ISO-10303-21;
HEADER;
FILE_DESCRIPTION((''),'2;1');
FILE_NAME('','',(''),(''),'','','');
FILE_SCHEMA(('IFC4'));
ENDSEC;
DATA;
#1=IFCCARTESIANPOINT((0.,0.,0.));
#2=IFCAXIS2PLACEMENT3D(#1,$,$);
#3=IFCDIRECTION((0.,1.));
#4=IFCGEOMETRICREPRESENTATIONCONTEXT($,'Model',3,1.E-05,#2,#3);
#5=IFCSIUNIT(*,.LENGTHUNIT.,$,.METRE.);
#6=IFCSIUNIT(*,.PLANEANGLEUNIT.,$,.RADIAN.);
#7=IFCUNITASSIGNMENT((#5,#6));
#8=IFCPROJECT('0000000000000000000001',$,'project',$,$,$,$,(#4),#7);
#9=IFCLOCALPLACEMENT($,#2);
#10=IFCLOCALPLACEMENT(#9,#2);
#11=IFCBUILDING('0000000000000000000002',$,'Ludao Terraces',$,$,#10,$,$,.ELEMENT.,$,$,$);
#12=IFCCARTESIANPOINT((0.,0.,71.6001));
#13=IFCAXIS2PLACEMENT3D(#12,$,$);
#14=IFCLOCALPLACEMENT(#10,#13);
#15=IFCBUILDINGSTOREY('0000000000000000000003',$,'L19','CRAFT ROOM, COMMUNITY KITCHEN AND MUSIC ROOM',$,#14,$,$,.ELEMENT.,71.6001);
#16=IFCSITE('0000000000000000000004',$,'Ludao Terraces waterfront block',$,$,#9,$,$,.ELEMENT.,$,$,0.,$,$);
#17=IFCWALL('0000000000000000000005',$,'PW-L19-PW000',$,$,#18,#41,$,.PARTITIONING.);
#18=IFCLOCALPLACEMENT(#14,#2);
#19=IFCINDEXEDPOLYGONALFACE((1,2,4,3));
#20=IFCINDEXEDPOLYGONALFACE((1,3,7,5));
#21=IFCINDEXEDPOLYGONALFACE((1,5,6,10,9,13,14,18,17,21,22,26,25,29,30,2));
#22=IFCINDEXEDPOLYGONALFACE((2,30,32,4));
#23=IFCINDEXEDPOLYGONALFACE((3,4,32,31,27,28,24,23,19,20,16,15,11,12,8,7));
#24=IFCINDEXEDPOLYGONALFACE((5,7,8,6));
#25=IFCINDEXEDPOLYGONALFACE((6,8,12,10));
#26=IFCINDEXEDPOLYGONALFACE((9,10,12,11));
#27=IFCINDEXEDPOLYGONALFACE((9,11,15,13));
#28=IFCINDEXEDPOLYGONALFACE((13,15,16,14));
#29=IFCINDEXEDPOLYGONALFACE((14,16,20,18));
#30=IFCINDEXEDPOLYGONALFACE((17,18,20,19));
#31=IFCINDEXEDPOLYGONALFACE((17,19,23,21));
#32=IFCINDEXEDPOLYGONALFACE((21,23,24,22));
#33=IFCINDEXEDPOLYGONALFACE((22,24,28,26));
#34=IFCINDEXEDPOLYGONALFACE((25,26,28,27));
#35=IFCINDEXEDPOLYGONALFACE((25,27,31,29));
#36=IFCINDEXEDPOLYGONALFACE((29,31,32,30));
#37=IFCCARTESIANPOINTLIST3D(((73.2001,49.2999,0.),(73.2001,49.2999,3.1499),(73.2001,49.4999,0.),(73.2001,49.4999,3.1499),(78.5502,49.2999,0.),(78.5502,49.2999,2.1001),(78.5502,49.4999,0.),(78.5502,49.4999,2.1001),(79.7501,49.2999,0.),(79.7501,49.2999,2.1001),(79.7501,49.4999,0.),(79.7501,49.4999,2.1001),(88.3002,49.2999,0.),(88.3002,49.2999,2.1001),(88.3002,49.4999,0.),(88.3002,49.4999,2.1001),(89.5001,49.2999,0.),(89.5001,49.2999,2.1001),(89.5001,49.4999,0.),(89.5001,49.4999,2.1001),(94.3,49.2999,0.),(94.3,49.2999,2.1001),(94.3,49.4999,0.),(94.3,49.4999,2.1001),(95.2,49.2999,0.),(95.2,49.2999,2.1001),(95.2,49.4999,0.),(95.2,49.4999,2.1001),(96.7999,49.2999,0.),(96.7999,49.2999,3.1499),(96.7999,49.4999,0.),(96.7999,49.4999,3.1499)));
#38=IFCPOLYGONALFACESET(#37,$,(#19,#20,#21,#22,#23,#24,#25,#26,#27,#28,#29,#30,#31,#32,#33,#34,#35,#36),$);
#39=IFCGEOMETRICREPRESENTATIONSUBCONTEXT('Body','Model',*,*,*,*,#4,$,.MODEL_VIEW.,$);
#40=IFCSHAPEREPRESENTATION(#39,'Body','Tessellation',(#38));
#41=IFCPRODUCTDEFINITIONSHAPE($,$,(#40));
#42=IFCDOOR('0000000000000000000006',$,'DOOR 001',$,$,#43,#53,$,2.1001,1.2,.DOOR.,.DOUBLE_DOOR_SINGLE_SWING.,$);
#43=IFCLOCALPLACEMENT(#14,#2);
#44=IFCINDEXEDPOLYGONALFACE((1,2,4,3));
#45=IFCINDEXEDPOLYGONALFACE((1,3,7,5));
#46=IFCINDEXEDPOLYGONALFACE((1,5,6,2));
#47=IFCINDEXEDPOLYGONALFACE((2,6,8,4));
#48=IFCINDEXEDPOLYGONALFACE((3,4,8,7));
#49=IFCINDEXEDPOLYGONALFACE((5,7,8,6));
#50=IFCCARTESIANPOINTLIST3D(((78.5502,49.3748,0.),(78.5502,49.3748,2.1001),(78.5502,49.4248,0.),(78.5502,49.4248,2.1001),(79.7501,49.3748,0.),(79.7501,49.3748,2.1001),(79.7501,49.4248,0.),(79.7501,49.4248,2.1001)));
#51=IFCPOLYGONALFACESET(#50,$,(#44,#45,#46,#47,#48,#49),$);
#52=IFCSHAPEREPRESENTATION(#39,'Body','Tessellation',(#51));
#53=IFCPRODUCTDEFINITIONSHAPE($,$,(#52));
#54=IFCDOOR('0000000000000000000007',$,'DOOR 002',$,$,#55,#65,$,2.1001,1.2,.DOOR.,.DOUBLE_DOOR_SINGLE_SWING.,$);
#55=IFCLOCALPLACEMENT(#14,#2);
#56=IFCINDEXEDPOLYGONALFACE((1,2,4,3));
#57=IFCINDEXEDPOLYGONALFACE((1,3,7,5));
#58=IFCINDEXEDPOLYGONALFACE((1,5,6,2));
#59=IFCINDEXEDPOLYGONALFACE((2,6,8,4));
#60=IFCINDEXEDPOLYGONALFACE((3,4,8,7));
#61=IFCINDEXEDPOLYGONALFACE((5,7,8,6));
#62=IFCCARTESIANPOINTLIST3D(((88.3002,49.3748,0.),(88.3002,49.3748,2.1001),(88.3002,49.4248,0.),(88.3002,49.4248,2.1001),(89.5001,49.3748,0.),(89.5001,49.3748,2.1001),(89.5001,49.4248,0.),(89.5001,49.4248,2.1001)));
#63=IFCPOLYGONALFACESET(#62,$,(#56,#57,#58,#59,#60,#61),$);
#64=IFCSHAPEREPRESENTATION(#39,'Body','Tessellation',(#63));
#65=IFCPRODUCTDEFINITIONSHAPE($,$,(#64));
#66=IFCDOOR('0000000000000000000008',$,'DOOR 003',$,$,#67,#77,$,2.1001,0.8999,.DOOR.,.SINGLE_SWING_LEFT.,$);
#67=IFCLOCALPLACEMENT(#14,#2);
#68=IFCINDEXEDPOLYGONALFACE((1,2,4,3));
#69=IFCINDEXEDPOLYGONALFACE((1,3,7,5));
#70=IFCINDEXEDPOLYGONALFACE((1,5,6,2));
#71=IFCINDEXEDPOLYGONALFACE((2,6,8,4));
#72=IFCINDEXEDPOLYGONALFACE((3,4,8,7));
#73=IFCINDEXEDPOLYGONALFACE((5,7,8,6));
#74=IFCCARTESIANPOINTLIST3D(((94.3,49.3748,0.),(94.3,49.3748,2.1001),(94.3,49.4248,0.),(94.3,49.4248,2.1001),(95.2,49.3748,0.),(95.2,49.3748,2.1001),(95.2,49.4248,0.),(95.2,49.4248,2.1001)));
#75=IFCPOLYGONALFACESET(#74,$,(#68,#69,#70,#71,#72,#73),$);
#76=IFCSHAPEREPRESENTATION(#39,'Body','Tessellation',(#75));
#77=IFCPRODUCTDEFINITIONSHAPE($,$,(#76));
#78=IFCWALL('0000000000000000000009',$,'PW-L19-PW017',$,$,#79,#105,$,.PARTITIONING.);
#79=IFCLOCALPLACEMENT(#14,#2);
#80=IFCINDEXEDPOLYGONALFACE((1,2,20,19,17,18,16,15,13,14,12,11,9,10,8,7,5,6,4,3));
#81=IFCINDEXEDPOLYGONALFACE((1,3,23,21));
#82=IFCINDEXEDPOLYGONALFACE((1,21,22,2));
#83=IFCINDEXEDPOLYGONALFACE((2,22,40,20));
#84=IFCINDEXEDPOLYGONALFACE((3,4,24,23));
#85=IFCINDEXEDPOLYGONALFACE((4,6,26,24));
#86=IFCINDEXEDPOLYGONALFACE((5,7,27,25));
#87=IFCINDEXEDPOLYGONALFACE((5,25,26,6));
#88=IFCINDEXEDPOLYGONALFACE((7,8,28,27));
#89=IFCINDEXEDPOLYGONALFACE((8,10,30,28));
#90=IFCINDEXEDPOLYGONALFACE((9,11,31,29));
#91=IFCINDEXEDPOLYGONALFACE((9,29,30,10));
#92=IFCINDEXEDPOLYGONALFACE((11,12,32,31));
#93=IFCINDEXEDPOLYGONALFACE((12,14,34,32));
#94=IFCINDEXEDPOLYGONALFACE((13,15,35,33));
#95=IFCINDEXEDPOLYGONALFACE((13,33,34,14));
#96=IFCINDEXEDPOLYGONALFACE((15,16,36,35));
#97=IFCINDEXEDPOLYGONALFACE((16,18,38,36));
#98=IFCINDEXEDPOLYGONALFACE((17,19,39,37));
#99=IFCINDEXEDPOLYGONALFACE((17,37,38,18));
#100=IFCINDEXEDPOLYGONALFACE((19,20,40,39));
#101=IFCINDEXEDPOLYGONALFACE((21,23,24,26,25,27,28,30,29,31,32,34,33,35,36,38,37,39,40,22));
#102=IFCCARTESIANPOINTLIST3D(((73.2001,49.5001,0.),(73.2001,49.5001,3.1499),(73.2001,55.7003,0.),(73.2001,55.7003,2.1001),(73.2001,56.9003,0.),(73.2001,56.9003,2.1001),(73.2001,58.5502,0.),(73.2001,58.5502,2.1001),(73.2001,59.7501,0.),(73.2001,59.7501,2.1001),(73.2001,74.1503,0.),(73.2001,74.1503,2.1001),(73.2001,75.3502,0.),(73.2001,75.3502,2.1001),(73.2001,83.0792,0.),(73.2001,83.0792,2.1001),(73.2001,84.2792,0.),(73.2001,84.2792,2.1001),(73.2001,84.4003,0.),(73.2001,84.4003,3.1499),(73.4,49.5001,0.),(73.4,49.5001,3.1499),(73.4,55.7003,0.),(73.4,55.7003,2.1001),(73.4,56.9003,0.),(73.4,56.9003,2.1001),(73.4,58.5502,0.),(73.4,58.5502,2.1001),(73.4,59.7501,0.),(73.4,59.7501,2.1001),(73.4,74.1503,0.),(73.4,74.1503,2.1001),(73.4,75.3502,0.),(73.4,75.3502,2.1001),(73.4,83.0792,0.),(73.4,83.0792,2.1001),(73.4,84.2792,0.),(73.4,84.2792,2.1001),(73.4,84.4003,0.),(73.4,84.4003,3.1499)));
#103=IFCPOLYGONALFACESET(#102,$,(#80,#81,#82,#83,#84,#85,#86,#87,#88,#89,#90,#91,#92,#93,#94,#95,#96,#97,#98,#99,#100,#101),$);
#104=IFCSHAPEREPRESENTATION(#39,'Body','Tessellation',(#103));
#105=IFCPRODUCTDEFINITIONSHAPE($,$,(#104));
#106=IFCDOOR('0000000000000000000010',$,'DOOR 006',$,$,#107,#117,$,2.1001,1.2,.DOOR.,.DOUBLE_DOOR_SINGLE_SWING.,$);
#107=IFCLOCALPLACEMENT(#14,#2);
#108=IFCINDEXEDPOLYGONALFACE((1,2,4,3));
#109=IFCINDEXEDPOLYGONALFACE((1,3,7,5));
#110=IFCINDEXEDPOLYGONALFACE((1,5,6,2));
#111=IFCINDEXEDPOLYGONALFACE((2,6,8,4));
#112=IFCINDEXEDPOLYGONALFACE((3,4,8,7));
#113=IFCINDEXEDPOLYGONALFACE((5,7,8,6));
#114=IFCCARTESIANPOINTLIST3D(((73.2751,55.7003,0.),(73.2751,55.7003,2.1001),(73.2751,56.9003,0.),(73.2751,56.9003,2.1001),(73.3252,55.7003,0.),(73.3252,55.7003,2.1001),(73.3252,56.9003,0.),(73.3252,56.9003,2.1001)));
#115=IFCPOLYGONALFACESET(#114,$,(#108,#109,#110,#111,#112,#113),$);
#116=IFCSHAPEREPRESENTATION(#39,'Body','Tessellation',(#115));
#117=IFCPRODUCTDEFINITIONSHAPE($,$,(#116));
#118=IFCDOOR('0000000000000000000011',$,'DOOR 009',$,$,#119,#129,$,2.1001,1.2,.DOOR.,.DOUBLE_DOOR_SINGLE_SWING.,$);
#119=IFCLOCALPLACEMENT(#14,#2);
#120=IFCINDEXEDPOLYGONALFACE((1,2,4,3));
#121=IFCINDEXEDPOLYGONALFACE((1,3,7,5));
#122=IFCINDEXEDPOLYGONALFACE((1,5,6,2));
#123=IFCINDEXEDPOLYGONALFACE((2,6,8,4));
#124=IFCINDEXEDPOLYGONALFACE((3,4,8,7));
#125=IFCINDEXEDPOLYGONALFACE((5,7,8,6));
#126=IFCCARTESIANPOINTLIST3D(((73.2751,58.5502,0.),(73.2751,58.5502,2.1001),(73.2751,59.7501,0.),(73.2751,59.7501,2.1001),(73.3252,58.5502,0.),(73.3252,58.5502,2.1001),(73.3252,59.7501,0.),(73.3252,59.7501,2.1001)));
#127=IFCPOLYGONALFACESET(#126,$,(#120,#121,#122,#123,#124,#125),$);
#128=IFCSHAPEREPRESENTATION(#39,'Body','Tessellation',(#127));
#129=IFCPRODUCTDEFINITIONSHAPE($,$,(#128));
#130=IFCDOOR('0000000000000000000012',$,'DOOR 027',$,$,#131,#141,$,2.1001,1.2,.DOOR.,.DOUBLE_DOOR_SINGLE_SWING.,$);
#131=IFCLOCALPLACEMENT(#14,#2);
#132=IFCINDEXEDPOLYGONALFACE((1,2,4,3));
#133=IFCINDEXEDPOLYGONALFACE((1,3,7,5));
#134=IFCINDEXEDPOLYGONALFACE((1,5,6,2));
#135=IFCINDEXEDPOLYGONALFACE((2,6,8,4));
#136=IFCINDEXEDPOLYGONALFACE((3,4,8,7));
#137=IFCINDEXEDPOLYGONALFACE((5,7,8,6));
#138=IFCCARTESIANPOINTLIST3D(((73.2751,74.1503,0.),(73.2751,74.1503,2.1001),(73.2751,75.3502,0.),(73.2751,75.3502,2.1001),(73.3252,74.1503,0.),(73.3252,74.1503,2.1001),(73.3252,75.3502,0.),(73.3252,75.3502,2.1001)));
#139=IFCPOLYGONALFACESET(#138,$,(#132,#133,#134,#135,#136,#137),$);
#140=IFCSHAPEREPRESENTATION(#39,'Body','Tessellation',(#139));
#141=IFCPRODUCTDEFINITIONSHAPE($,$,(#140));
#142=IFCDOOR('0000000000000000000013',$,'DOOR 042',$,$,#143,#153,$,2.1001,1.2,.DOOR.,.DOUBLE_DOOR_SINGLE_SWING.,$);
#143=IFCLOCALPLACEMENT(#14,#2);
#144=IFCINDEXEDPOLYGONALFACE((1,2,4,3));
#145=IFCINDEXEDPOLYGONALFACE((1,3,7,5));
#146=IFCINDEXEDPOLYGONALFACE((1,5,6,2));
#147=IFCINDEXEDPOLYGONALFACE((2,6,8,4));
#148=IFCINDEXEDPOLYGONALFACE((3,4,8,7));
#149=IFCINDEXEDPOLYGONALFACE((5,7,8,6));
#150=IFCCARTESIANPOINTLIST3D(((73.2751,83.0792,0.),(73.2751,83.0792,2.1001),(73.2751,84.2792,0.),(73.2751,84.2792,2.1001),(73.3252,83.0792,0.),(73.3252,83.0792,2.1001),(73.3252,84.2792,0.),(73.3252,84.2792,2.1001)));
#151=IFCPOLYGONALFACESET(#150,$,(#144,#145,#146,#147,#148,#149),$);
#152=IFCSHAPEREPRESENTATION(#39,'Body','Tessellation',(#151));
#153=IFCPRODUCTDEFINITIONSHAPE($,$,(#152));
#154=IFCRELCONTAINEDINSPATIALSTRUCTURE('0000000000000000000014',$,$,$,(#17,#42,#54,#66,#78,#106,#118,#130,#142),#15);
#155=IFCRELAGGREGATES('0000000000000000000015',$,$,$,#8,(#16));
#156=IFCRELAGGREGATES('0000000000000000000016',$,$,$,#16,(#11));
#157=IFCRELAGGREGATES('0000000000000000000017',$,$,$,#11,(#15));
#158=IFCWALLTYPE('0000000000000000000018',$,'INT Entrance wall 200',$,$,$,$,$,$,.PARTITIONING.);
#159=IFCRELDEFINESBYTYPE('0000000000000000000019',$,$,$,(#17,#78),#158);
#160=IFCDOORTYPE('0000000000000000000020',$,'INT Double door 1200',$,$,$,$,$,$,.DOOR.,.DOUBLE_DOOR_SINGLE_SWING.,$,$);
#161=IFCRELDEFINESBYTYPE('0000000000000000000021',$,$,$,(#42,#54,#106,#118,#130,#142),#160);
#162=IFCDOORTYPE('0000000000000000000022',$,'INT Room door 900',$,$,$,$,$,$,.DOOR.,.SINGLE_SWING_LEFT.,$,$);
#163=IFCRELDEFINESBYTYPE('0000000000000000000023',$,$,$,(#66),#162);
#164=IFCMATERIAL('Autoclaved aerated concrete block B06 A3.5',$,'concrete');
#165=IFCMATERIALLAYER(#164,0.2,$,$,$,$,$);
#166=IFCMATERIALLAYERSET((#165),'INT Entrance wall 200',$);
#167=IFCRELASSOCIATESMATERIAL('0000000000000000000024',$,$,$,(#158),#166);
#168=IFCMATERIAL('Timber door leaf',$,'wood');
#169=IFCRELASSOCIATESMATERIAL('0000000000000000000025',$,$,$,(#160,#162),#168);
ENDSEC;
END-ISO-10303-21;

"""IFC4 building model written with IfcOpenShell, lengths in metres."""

from ifc_helpers import new_model, si_unit, direction, frame, frame_2d, origin, place, context, subcontext, project, spatial, rectangle, extrude, material, layer, layer_set, type_object, element, fill, save


model = new_model("IFC4")

# Units and contexts
model_context = context("Model", 3, precision=1e-05, world=origin(), true_north=direction((0.0, 1.0)))
body_context = subcontext(model_context, "Body", "Model", "MODEL_VIEW")
ifc_project = project(units=[si_unit("LENGTHUNIT", "METRE"), si_unit("PLANEANGLEUNIT", "RADIAN")], contexts=[model_context])

# Site, building, storey
site_placement = place(None, origin())
site = spatial("IfcSite", under=ifc_project, at=site_placement, Name="Ludao Terraces waterfront block", CompositionType="ELEMENT", RefElevation=0.0)
building_placement = place(site_placement, origin())
building = spatial("IfcBuilding", under=site, at=building_placement, Name="Ludao Terraces", CompositionType="ELEMENT")
storey_placement = place(building_placement, frame((0.0, 0.0, 71.6001)))
storey = spatial("IfcBuildingStorey", under=building, at=storey_placement, Name="L19", Description="CRAFT ROOM, COMMUNITY KITCHEN AND MUSIC ROOM", CompositionType="ELEMENT", Elevation=71.6001)

# Walls, openings, doors
ifc_material_1 = material(Name="Autoclaved aerated concrete block B06 A3.5", Category="concrete")
ifc_layer_1 = layer(ifc_material_1, 0.2)
ifc_layer_set_1 = layer_set([ifc_layer_1], Name="INT Entrance wall 200")
wall_type_1 = type_object("IfcWallType", Name="INT Entrance wall 200", PredefinedType="PARTITIONING", material=ifc_layer_set_1)
wall_1_placement = place(storey_placement, frame((73.2002, 49.3999, 0.0), z_axis=(0.0, 0.0, 1.0), x_axis=(1.0, 0.0, 0.0)))
wall_1 = element("IfcWall", 1, at=wall_1_placement, inside=storey, type_object=wall_type_1, Name="PW-L19-PW000", PredefinedType="PARTITIONING", context=body_context, shape_type="SweptSolid", body=[
    extrude(rectangle(XDim=23.5999, YDim=0.2, at=frame_2d((11.7998, 0.0))), origin(), (0.0, 0.0, 1.0), 3.1499),
])
opening_1_placement = place(wall_1_placement, frame((5.3499, 0.0, 0.0)))
opening_1 = element("IfcOpeningElement", 2, at=opening_1_placement, cuts=wall_1, PredefinedType="OPENING", context=body_context, shape_type="SweptSolid", body=[
    extrude(rectangle(XDim=1.2, YDim=2.1001, at=frame_2d((0.6001, 1.05))), frame((0.0, 0.1099, 0.0), z_axis=(0.0, -1.0, 0.0), x_axis=(1.0, 0.0, 0.0)), (0.0, 0.0, 1.0), 0.22),
])
opening_2_placement = place(wall_1_placement, frame((15.0999, 0.0, 0.0)))
opening_2 = element("IfcOpeningElement", 3, at=opening_2_placement, cuts=wall_1, PredefinedType="OPENING", context=body_context, shape_type="SweptSolid", body=[
    extrude(rectangle(XDim=1.2, YDim=2.1001, at=frame_2d((0.6001, 1.05))), frame((0.0, 0.1099, 0.0), z_axis=(0.0, -1.0, 0.0), x_axis=(1.0, 0.0, 0.0)), (0.0, 0.0, 1.0), 0.22),
])
opening_3_placement = place(wall_1_placement, frame((21.0999, 0.0, 0.0)))
opening_3 = element("IfcOpeningElement", 4, at=opening_3_placement, cuts=wall_1, PredefinedType="OPENING", context=body_context, shape_type="SweptSolid", body=[
    extrude(rectangle(XDim=0.8999, YDim=2.1001, at=frame_2d((0.45, 1.05))), frame((0.0, 0.1099, 0.0), z_axis=(0.0, -1.0, 0.0), x_axis=(1.0, 0.0, 0.0)), (0.0, 0.0, 1.0), 0.22),
])
ifc_material_2 = material(Name="Timber door leaf", Category="wood")
door_type_1 = type_object("IfcDoorType", Name="INT Double door 1200", OperationType="DOUBLE_DOOR_SINGLE_SWING", PredefinedType="DOOR", material=ifc_material_2)
door_1_placement = place(opening_1_placement, origin())
door_1 = element("IfcDoor", 5, at=door_1_placement, inside=storey, type_object=door_type_1, Name="DOOR 001", OperationType="DOUBLE_DOOR_SINGLE_SWING", OverallHeight=2.1001, OverallWidth=1.2, PredefinedType="DOOR", context=body_context, shape_type="SweptSolid", body=[
    extrude(rectangle(XDim=1.2, YDim=2.1001, at=frame_2d((0.6001, 1.05))), frame((0.0, 0.0249, 0.0), z_axis=(0.0, -1.0, 0.0), x_axis=(1.0, 0.0, 0.0)), (0.0, 0.0, 1.0), 0.05),
])
fill(opening_1, door_1)
door_2_placement = place(opening_2_placement, origin())
door_2 = element("IfcDoor", 6, at=door_2_placement, inside=storey, type_object=door_type_1, Name="DOOR 002", OperationType="DOUBLE_DOOR_SINGLE_SWING", OverallHeight=2.1001, OverallWidth=1.2, PredefinedType="DOOR", context=body_context, shape_type="SweptSolid", body=[
    extrude(rectangle(XDim=1.2, YDim=2.1001, at=frame_2d((0.6001, 1.05))), frame((0.0, 0.0249, 0.0), z_axis=(0.0, -1.0, 0.0), x_axis=(1.0, 0.0, 0.0)), (0.0, 0.0, 1.0), 0.05),
])
fill(opening_2, door_2)
door_type_2 = type_object("IfcDoorType", Name="INT Room door 900", OperationType="SINGLE_SWING_LEFT", PredefinedType="DOOR", material=ifc_material_2)
door_3_placement = place(opening_3_placement, origin())
door_3 = element("IfcDoor", 7, at=door_3_placement, inside=storey, type_object=door_type_2, Name="DOOR 003", OperationType="SINGLE_SWING_LEFT", OverallHeight=2.1001, OverallWidth=0.8999, PredefinedType="DOOR", context=body_context, shape_type="SweptSolid", body=[
    extrude(rectangle(XDim=0.8999, YDim=2.1001, at=frame_2d((0.45, 1.05))), frame((0.0, 0.0249, 0.0), z_axis=(0.0, -1.0, 0.0), x_axis=(1.0, 0.0, 0.0)), (0.0, 0.0, 1.0), 0.05),
])
fill(opening_3, door_3)
wall_2_placement = place(storey_placement, frame((73.3, 49.5, 0.0), z_axis=(0.0, 0.0, 1.0), x_axis=(0.0, 1.0, 0.0)))
wall_2 = element("IfcWall", 8, at=wall_2_placement, inside=storey, type_object=wall_type_1, Name="PW-L19-PW017", PredefinedType="PARTITIONING", context=body_context, shape_type="SweptSolid", body=[
    extrude(rectangle(XDim=34.9001, YDim=0.2, at=frame_2d((17.4502, 0.0))), origin(), (0.0, 0.0, 1.0), 3.1499),
])
opening_4_placement = place(wall_2_placement, frame((6.2002, 0.0, 0.0)))
opening_4 = element("IfcOpeningElement", 9, at=opening_4_placement, cuts=wall_2, PredefinedType="OPENING", context=body_context, shape_type="SweptSolid", body=[
    extrude(rectangle(XDim=1.2, YDim=2.1001, at=frame_2d((0.6001, 1.05))), frame((0.0, 0.1099, 0.0), z_axis=(0.0, -1.0, 0.0), x_axis=(1.0, 0.0, 0.0)), (0.0, 0.0, 1.0), 0.22),
])
opening_5_placement = place(wall_2_placement, frame((9.05, 0.0, 0.0)))
opening_5 = element("IfcOpeningElement", 10, at=opening_5_placement, cuts=wall_2, PredefinedType="OPENING", context=body_context, shape_type="SweptSolid", body=[
    extrude(rectangle(XDim=1.2, YDim=2.1001, at=frame_2d((0.6001, 1.05))), frame((0.0, 0.1099, 0.0), z_axis=(0.0, -1.0, 0.0), x_axis=(1.0, 0.0, 0.0)), (0.0, 0.0, 1.0), 0.22),
])
opening_6_placement = place(wall_2_placement, frame((24.6501, 0.0, 0.0)))
opening_6 = element("IfcOpeningElement", 11, at=opening_6_placement, cuts=wall_2, PredefinedType="OPENING", context=body_context, shape_type="SweptSolid", body=[
    extrude(rectangle(XDim=1.2, YDim=2.1001, at=frame_2d((0.6001, 1.05))), frame((0.0, 0.1099, 0.0), z_axis=(0.0, -1.0, 0.0), x_axis=(1.0, 0.0, 0.0)), (0.0, 0.0, 1.0), 0.22),
])
opening_7_placement = place(wall_2_placement, frame((33.5791, 0.0, 0.0)))
opening_7 = element("IfcOpeningElement", 12, at=opening_7_placement, cuts=wall_2, PredefinedType="OPENING", context=body_context, shape_type="SweptSolid", body=[
    extrude(rectangle(XDim=1.2, YDim=2.1001, at=frame_2d((0.6001, 1.05))), frame((0.0, 0.1099, 0.0), z_axis=(0.0, -1.0, 0.0), x_axis=(1.0, 0.0, 0.0)), (0.0, 0.0, 1.0), 0.22),
])
door_4_placement = place(opening_4_placement, origin())
door_4 = element("IfcDoor", 13, at=door_4_placement, inside=storey, type_object=door_type_1, Name="DOOR 006", OperationType="DOUBLE_DOOR_SINGLE_SWING", OverallHeight=2.1001, OverallWidth=1.2, PredefinedType="DOOR", context=body_context, shape_type="SweptSolid", body=[
    extrude(rectangle(XDim=1.2, YDim=2.1001, at=frame_2d((0.6001, 1.05))), frame((0.0, 0.0249, 0.0), z_axis=(0.0, -1.0, 0.0), x_axis=(1.0, 0.0, 0.0)), (0.0, 0.0, 1.0), 0.05),
])
fill(opening_4, door_4)
door_5_placement = place(opening_5_placement, origin())
door_5 = element("IfcDoor", 14, at=door_5_placement, inside=storey, type_object=door_type_1, Name="DOOR 009", OperationType="DOUBLE_DOOR_SINGLE_SWING", OverallHeight=2.1001, OverallWidth=1.2, PredefinedType="DOOR", context=body_context, shape_type="SweptSolid", body=[
    extrude(rectangle(XDim=1.2, YDim=2.1001, at=frame_2d((0.6001, 1.05))), frame((0.0, 0.0249, 0.0), z_axis=(0.0, -1.0, 0.0), x_axis=(1.0, 0.0, 0.0)), (0.0, 0.0, 1.0), 0.05),
])
fill(opening_5, door_5)
door_6_placement = place(opening_6_placement, origin())
door_6 = element("IfcDoor", 15, at=door_6_placement, inside=storey, type_object=door_type_1, Name="DOOR 027", OperationType="DOUBLE_DOOR_SINGLE_SWING", OverallHeight=2.1001, OverallWidth=1.2, PredefinedType="DOOR", context=body_context, shape_type="SweptSolid", body=[
    extrude(rectangle(XDim=1.2, YDim=2.1001, at=frame_2d((0.6001, 1.05))), frame((0.0, 0.0249, 0.0), z_axis=(0.0, -1.0, 0.0), x_axis=(1.0, 0.0, 0.0)), (0.0, 0.0, 1.0), 0.05),
])
fill(opening_6, door_6)
door_7_placement = place(opening_7_placement, origin())
door_7 = element("IfcDoor", 16, at=door_7_placement, inside=storey, type_object=door_type_1, Name="DOOR 042", OperationType="DOUBLE_DOOR_SINGLE_SWING", OverallHeight=2.1001, OverallWidth=1.2, PredefinedType="DOOR", context=body_context, shape_type="SweptSolid", body=[
    extrude(rectangle(XDim=1.2, YDim=2.1001, at=frame_2d((0.6001, 1.05))), frame((0.0, 0.0249, 0.0), z_axis=(0.0, -1.0, 0.0), x_axis=(1.0, 0.0, 0.0)), (0.0, 0.0, 1.0), 0.05),
])
fill(opening_7, door_7)

save(model, "model.ifc")
